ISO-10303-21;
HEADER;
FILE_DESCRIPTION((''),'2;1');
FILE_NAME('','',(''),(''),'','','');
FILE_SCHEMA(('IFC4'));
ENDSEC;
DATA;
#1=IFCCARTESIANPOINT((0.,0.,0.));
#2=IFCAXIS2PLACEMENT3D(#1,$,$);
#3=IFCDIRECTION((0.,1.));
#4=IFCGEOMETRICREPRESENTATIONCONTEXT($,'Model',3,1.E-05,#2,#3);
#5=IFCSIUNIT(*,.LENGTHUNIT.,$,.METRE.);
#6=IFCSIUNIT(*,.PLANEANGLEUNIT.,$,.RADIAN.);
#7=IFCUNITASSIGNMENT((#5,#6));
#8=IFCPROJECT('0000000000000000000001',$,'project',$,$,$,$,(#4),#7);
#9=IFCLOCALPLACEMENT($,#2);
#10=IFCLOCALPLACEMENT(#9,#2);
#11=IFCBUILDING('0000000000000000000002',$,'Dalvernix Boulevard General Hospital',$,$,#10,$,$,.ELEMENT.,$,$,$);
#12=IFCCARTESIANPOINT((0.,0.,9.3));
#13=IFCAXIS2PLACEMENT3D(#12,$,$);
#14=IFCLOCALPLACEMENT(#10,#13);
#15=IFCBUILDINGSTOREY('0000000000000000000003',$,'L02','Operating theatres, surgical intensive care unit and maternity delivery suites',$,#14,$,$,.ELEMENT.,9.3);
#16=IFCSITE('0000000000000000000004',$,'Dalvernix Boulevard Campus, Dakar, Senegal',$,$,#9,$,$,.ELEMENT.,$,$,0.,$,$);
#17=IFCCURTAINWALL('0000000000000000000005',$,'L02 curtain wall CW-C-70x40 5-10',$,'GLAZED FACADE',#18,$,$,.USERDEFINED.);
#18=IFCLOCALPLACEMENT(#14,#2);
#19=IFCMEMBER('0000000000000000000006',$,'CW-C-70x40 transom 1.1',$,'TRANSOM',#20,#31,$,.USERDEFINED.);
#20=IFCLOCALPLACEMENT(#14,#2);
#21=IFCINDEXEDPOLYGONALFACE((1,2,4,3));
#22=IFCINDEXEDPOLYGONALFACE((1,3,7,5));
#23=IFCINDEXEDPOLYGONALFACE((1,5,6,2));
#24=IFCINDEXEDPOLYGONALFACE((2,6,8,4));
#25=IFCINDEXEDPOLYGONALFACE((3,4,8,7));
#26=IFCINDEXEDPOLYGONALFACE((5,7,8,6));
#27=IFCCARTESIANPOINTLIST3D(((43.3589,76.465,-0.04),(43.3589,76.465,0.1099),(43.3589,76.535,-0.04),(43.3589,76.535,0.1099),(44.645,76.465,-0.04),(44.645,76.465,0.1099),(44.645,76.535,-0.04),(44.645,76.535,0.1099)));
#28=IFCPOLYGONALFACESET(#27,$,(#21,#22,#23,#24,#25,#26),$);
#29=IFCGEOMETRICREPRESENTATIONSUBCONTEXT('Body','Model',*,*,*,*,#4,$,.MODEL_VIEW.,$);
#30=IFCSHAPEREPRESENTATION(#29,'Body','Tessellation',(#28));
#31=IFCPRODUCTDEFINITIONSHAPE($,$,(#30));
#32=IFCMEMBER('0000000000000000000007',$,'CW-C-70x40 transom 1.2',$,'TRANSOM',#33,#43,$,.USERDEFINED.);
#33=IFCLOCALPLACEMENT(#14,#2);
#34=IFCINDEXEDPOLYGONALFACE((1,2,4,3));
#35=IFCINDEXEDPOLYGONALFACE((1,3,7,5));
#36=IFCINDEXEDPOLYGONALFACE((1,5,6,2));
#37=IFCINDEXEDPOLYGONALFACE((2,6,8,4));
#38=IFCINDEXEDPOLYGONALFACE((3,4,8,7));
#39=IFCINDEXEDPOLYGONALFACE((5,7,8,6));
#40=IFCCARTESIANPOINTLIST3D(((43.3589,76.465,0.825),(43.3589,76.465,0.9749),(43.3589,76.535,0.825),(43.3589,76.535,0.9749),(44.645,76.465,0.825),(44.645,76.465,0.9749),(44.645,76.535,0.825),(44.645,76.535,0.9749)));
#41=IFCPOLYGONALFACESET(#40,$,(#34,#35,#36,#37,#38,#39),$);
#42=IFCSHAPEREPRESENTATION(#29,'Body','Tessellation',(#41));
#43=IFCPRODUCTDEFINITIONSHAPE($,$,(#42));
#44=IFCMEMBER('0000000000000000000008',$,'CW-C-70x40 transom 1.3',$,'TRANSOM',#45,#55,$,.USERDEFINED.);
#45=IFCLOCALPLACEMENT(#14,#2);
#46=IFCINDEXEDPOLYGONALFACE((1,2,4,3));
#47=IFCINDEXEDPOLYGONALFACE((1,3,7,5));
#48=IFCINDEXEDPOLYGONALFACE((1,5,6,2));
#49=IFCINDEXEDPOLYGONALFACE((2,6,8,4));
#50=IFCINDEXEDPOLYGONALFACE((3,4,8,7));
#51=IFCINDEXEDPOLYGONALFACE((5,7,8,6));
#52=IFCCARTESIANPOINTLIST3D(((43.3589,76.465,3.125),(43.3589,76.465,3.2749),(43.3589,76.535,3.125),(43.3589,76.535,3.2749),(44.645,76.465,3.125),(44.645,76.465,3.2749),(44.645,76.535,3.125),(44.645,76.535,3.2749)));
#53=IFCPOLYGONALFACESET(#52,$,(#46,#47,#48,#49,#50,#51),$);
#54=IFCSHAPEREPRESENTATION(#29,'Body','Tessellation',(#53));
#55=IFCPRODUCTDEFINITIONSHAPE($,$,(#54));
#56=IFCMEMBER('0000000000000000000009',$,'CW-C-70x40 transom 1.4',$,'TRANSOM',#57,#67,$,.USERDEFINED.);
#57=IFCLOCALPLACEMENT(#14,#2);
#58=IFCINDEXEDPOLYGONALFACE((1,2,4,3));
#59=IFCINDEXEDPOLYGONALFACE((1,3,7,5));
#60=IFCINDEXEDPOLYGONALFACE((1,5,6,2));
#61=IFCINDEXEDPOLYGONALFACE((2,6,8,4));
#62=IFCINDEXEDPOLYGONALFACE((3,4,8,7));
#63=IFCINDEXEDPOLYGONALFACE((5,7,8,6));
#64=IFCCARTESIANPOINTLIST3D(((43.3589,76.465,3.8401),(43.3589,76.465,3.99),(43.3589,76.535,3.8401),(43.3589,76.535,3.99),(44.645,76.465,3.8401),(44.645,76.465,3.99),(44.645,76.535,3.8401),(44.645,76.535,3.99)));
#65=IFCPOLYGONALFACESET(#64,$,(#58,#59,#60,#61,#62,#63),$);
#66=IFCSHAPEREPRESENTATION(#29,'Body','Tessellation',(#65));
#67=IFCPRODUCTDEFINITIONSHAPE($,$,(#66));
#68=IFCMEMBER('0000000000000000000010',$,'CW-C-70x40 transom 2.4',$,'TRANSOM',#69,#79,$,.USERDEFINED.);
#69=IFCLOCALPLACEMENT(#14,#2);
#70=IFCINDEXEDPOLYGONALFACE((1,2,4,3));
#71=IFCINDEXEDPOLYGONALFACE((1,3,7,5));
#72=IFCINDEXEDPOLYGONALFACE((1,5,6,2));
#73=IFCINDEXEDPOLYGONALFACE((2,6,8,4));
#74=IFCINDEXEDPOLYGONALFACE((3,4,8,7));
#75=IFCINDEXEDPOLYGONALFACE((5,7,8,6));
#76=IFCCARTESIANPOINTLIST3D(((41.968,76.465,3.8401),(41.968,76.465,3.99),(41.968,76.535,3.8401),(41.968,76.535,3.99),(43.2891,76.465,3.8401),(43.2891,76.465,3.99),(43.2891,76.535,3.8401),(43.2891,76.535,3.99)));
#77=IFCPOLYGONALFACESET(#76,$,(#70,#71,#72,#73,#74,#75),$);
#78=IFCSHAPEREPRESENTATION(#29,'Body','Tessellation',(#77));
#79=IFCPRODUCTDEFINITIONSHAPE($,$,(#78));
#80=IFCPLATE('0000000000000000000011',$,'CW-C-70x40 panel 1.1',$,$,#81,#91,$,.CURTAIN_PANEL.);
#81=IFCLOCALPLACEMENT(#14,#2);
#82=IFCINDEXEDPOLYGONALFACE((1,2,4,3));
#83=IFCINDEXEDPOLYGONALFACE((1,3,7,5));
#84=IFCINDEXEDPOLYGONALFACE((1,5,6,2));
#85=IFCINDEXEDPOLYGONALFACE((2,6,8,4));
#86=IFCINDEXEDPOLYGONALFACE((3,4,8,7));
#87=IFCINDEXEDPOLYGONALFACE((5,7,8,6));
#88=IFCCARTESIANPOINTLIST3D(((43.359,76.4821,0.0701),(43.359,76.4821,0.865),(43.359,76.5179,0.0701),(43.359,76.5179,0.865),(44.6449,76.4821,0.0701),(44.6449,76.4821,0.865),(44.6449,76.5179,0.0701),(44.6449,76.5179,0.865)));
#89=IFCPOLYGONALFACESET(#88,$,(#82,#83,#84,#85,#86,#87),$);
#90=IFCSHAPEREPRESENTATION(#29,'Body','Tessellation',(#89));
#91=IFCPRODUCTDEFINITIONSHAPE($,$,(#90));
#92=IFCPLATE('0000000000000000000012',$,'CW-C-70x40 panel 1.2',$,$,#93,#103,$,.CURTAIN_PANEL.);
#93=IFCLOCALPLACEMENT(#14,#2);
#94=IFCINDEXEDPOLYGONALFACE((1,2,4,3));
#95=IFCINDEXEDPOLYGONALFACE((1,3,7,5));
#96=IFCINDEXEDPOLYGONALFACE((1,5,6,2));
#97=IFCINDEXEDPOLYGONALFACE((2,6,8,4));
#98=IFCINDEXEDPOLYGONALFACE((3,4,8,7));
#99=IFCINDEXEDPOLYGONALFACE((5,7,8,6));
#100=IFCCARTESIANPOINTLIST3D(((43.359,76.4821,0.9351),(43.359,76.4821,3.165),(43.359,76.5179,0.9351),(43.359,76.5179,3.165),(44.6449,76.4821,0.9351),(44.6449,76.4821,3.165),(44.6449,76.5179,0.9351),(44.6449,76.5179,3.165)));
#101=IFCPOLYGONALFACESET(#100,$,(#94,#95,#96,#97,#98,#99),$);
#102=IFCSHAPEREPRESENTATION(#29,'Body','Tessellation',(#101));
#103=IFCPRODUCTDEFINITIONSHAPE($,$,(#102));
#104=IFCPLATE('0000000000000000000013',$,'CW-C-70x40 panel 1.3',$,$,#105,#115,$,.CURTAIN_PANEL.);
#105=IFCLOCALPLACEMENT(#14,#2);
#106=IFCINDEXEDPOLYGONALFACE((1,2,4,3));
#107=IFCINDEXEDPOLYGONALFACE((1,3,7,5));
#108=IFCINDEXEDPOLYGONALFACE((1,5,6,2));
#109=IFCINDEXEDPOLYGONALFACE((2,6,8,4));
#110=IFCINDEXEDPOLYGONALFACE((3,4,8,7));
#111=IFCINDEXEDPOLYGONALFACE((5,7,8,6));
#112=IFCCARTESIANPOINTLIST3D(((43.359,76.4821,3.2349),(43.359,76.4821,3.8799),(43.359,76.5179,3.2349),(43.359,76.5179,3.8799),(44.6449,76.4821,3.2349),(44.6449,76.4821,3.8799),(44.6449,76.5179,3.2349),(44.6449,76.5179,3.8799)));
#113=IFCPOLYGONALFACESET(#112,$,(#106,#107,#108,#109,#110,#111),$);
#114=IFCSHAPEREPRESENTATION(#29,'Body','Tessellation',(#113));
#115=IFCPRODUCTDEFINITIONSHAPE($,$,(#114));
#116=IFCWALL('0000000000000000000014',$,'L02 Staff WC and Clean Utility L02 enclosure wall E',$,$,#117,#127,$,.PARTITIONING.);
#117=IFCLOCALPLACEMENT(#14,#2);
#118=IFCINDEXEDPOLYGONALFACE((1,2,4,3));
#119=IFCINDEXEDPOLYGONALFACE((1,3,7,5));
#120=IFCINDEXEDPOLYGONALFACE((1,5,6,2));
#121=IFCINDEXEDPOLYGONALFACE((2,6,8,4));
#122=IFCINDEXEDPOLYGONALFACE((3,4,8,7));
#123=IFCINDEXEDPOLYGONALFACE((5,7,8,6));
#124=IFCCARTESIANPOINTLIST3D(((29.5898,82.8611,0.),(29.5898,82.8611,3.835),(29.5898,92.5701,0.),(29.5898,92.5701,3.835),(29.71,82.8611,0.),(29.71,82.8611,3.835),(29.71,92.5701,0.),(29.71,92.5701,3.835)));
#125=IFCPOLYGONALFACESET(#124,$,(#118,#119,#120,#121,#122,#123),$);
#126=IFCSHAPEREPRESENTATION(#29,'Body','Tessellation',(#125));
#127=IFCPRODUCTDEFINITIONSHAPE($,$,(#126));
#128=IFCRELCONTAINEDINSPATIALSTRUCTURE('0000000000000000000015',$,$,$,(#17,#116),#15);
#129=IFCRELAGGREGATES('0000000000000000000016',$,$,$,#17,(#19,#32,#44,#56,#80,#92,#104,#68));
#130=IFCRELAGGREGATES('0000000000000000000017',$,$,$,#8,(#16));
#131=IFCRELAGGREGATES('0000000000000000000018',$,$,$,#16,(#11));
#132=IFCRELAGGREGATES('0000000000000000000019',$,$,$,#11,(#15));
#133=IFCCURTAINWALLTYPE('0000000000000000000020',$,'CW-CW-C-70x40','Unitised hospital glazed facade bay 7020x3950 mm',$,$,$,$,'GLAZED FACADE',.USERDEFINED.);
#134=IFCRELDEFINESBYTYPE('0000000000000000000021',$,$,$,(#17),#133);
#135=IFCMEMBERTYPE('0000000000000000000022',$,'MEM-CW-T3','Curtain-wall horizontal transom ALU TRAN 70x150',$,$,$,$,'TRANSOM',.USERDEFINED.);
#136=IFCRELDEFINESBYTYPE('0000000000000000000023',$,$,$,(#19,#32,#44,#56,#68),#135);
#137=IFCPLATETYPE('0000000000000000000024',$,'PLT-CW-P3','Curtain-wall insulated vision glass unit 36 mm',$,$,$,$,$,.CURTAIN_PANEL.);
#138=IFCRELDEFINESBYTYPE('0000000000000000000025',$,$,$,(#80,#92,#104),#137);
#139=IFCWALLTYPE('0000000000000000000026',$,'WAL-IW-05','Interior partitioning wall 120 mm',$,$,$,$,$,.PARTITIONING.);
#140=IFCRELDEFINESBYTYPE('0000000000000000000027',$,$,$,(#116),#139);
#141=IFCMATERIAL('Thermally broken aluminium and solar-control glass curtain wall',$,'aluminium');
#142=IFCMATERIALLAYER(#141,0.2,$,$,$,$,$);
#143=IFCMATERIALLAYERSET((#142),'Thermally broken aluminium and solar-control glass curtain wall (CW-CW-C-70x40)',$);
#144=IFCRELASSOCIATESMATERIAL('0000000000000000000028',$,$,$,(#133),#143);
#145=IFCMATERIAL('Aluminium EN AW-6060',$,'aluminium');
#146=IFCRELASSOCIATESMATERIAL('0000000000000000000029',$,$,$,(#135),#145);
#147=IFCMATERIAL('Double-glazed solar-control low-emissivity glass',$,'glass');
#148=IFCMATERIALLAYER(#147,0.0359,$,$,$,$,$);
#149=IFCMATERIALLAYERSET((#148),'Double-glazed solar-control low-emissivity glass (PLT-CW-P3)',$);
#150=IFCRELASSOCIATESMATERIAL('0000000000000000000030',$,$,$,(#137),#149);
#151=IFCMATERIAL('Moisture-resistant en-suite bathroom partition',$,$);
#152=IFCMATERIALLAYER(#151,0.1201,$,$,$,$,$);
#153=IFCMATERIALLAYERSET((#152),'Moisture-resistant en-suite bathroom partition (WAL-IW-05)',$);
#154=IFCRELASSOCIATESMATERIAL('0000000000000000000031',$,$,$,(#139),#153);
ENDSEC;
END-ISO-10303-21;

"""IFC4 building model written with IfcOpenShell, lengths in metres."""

from ifc_helpers import new_model, si_unit, direction, frame, frame_2d, origin, origin_2d, place, context, subcontext, project, spatial, rectangle, extrude, material, layer, layer_set, material_profile, profile_set, type_object, element, aggregate, save


model = new_model("IFC4")

# Units and contexts
model_context = context("Model", 3, precision=1e-05, world=origin(), true_north=direction((0.0, 1.0)))
body_context = subcontext(model_context, "Body", "Model", "MODEL_VIEW")
ifc_project = project(units=[si_unit("LENGTHUNIT", "METRE"), si_unit("PLANEANGLEUNIT", "RADIAN")], contexts=[model_context])

# Site, building, storey
site_placement = place(None, origin())
site = spatial("IfcSite", under=ifc_project, at=site_placement, Name="Dalvernix Boulevard Campus, Dakar, Senegal", CompositionType="ELEMENT", RefElevation=0.0)
building_placement = place(site_placement, origin())
building = spatial("IfcBuilding", under=site, at=building_placement, Name="Dalvernix Boulevard General Hospital", CompositionType="ELEMENT")
storey_placement = place(building_placement, frame((0.0, 0.0, 9.3)))
storey = spatial("IfcBuildingStorey", under=building, at=storey_placement, Name="L02", Description="Operating theatres, surgical intensive care unit and maternity delivery suites", CompositionType="ELEMENT", Elevation=9.3)

# Curtain wall, members, plates
ifc_material_1 = material(Name="Thermally broken aluminium and solar-control glass curtain wall", Category="aluminium")
ifc_layer_1 = layer(ifc_material_1, 0.2)
ifc_layer_set_1 = layer_set([ifc_layer_1], Name="Thermally broken aluminium and solar-control glass curtain wall (CW-CW-C-70x40)")
curtain_wall_type = type_object("IfcCurtainWallType", Name="CW-CW-C-70x40", Description="Unitised hospital glazed facade bay 7020x3950 mm", ElementType="GLAZED FACADE", PredefinedType="USERDEFINED", material=ifc_layer_set_1)
curtain_wall_placement = place(storey_placement, origin())
curtain_wall = element("IfcCurtainWall", 1, at=curtain_wall_placement, inside=storey, type_object=curtain_wall_type, Name="L02 curtain wall CW-C-70x40 5-10", ObjectType="GLAZED FACADE", PredefinedType="USERDEFINED")
ifc_material_2 = material(Name="Aluminium EN AW-6060", Category="aluminium")
ifc_material_profile_1 = material_profile(ifc_material_2, rectangle(XDim=0.0701, YDim=0.1499, at=origin_2d()), Name="ALU TRAN 70x150")
ifc_profile_set_1 = profile_set([ifc_material_profile_1], Name="Aluminium EN AW-6060")
member_type_1 = type_object("IfcMemberType", Name="MEM-CW-T3", Description="Curtain-wall horizontal transom ALU TRAN 70x150", ElementType="TRANSOM", PredefinedType="USERDEFINED", material=ifc_profile_set_1)
member_1_placement = place(storey_placement, frame((44.645, 76.5, 0.0349), z_axis=(-1.0, 0.0, 0.0), x_axis=(0.0, -1.0, 0.0)))
member_1 = element("IfcMember", 2, at=member_1_placement, type_object=member_type_1, Name="CW-C-70x40 transom 1.1", ObjectType="TRANSOM", PredefinedType="USERDEFINED", context=body_context, shape_type="SweptSolid", body=[
    extrude(rectangle(XDim=0.0701, YDim=0.1499, at=origin_2d()), origin(), (0.0, 0.0, 1.0), 1.2861),
])
member_2_placement = place(storey_placement, frame((44.645, 76.5, 0.8999), z_axis=(-1.0, 0.0, 0.0), x_axis=(0.0, -1.0, 0.0)))
member_2 = element("IfcMember", 3, at=member_2_placement, type_object=member_type_1, Name="CW-C-70x40 transom 1.2", ObjectType="TRANSOM", PredefinedType="USERDEFINED", context=body_context, shape_type="SweptSolid", body=[
    extrude(rectangle(XDim=0.0701, YDim=0.1499, at=origin_2d()), origin(), (0.0, 0.0, 1.0), 1.2861),
])
member_3_placement = place(storey_placement, frame((44.645, 76.5, 3.2), z_axis=(-1.0, 0.0, 0.0), x_axis=(0.0, -1.0, 0.0)))
member_3 = element("IfcMember", 4, at=member_3_placement, type_object=member_type_1, Name="CW-C-70x40 transom 1.3", ObjectType="TRANSOM", PredefinedType="USERDEFINED", context=body_context, shape_type="SweptSolid", body=[
    extrude(rectangle(XDim=0.0701, YDim=0.1499, at=origin_2d()), origin(), (0.0, 0.0, 1.0), 1.2861),
])
member_4_placement = place(storey_placement, frame((44.645, 76.5, 3.915), z_axis=(-1.0, 0.0, 0.0), x_axis=(0.0, -1.0, 0.0)))
member_4 = element("IfcMember", 5, at=member_4_placement, type_object=member_type_1, Name="CW-C-70x40 transom 1.4", ObjectType="TRANSOM", PredefinedType="USERDEFINED", context=body_context, shape_type="SweptSolid", body=[
    extrude(rectangle(XDim=0.0701, YDim=0.1499, at=origin_2d()), origin(), (0.0, 0.0, 1.0), 1.2861),
])
member_5_placement = place(storey_placement, frame((43.2891, 76.5, 3.915), z_axis=(-1.0, 0.0, 0.0), x_axis=(0.0, -1.0, 0.0)))
member_5 = element("IfcMember", 6, at=member_5_placement, type_object=member_type_1, Name="CW-C-70x40 transom 2.4", ObjectType="TRANSOM", PredefinedType="USERDEFINED", context=body_context, shape_type="SweptSolid", body=[
    extrude(rectangle(XDim=0.0701, YDim=0.1499, at=origin_2d()), origin(), (0.0, 0.0, 1.0), 1.321),
])
ifc_material_3 = material(Name="Double-glazed solar-control low-emissivity glass", Category="glass")
ifc_layer_2 = layer(ifc_material_3, 0.0359)
ifc_layer_set_2 = layer_set([ifc_layer_2], Name="Double-glazed solar-control low-emissivity glass (PLT-CW-P3)")
plate_type = type_object("IfcPlateType", Name="PLT-CW-P3", Description="Curtain-wall insulated vision glass unit 36 mm", PredefinedType="CURTAIN_PANEL", material=ifc_layer_set_2)
plate_1_placement = place(storey_placement, frame((44.002, 76.5, 0.0701), z_axis=(0.0, 0.0, 1.0), x_axis=(-1.0, 0.0, 0.0)))
plate_1 = element("IfcPlate", 7, at=plate_1_placement, type_object=plate_type, Name="CW-C-70x40 panel 1.1", PredefinedType="CURTAIN_PANEL", context=body_context, shape_type="SweptSolid", body=[
    extrude(rectangle(XDim=1.2859, YDim=0.0359, at=origin_2d()), origin(), (0.0, 0.0, 1.0), 0.7949),
])
plate_2_placement = place(storey_placement, frame((44.002, 76.5, 0.9351), z_axis=(0.0, 0.0, 1.0), x_axis=(-1.0, 0.0, 0.0)))
plate_2 = element("IfcPlate", 8, at=plate_2_placement, type_object=plate_type, Name="CW-C-70x40 panel 1.2", PredefinedType="CURTAIN_PANEL", context=body_context, shape_type="SweptSolid", body=[
    extrude(rectangle(XDim=1.2859, YDim=0.0359, at=origin_2d()), origin(), (0.0, 0.0, 1.0), 2.23),
])
plate_3_placement = place(storey_placement, frame((44.002, 76.5, 3.2349), z_axis=(0.0, 0.0, 1.0), x_axis=(-1.0, 0.0, 0.0)))
plate_3 = element("IfcPlate", 9, at=plate_3_placement, type_object=plate_type, Name="CW-C-70x40 panel 1.3", PredefinedType="CURTAIN_PANEL", context=body_context, shape_type="SweptSolid", body=[
    extrude(rectangle(XDim=1.2859, YDim=0.0359, at=origin_2d()), origin(), (0.0, 0.0, 1.0), 0.645),
])
aggregate(curtain_wall, [member_1, member_2, member_3, member_4, plate_1, plate_2, plate_3, member_5])

# Wall
ifc_material_4 = material(Name="Moisture-resistant en-suite bathroom partition")
ifc_layer_3 = layer(ifc_material_4, 0.1201)
ifc_layer_set_3 = layer_set([ifc_layer_3], Name="Moisture-resistant en-suite bathroom partition (WAL-IW-05)")
wall_type = type_object("IfcWallType", Name="WAL-IW-05", Description="Interior partitioning wall 120 mm", PredefinedType="PARTITIONING", material=ifc_layer_set_3)
wall_placement = place(storey_placement, frame((29.6499, 82.8611, 0.0), z_axis=(0.0, 0.0, 1.0), x_axis=(0.0, 1.0, 0.0)))
element("IfcWall", 10, at=wall_placement, inside=storey, type_object=wall_type, Name="L02 Staff WC and Clean Utility L02 enclosure wall E", PredefinedType="PARTITIONING", context=body_context, shape_type="SweptSolid", body=[
    extrude(rectangle(XDim=9.709, YDim=0.1201, at=frame_2d((4.8545, 0.0))), origin(), (0.0, 0.0, 1.0), 3.835),
])

save(model, "model.ifc")
